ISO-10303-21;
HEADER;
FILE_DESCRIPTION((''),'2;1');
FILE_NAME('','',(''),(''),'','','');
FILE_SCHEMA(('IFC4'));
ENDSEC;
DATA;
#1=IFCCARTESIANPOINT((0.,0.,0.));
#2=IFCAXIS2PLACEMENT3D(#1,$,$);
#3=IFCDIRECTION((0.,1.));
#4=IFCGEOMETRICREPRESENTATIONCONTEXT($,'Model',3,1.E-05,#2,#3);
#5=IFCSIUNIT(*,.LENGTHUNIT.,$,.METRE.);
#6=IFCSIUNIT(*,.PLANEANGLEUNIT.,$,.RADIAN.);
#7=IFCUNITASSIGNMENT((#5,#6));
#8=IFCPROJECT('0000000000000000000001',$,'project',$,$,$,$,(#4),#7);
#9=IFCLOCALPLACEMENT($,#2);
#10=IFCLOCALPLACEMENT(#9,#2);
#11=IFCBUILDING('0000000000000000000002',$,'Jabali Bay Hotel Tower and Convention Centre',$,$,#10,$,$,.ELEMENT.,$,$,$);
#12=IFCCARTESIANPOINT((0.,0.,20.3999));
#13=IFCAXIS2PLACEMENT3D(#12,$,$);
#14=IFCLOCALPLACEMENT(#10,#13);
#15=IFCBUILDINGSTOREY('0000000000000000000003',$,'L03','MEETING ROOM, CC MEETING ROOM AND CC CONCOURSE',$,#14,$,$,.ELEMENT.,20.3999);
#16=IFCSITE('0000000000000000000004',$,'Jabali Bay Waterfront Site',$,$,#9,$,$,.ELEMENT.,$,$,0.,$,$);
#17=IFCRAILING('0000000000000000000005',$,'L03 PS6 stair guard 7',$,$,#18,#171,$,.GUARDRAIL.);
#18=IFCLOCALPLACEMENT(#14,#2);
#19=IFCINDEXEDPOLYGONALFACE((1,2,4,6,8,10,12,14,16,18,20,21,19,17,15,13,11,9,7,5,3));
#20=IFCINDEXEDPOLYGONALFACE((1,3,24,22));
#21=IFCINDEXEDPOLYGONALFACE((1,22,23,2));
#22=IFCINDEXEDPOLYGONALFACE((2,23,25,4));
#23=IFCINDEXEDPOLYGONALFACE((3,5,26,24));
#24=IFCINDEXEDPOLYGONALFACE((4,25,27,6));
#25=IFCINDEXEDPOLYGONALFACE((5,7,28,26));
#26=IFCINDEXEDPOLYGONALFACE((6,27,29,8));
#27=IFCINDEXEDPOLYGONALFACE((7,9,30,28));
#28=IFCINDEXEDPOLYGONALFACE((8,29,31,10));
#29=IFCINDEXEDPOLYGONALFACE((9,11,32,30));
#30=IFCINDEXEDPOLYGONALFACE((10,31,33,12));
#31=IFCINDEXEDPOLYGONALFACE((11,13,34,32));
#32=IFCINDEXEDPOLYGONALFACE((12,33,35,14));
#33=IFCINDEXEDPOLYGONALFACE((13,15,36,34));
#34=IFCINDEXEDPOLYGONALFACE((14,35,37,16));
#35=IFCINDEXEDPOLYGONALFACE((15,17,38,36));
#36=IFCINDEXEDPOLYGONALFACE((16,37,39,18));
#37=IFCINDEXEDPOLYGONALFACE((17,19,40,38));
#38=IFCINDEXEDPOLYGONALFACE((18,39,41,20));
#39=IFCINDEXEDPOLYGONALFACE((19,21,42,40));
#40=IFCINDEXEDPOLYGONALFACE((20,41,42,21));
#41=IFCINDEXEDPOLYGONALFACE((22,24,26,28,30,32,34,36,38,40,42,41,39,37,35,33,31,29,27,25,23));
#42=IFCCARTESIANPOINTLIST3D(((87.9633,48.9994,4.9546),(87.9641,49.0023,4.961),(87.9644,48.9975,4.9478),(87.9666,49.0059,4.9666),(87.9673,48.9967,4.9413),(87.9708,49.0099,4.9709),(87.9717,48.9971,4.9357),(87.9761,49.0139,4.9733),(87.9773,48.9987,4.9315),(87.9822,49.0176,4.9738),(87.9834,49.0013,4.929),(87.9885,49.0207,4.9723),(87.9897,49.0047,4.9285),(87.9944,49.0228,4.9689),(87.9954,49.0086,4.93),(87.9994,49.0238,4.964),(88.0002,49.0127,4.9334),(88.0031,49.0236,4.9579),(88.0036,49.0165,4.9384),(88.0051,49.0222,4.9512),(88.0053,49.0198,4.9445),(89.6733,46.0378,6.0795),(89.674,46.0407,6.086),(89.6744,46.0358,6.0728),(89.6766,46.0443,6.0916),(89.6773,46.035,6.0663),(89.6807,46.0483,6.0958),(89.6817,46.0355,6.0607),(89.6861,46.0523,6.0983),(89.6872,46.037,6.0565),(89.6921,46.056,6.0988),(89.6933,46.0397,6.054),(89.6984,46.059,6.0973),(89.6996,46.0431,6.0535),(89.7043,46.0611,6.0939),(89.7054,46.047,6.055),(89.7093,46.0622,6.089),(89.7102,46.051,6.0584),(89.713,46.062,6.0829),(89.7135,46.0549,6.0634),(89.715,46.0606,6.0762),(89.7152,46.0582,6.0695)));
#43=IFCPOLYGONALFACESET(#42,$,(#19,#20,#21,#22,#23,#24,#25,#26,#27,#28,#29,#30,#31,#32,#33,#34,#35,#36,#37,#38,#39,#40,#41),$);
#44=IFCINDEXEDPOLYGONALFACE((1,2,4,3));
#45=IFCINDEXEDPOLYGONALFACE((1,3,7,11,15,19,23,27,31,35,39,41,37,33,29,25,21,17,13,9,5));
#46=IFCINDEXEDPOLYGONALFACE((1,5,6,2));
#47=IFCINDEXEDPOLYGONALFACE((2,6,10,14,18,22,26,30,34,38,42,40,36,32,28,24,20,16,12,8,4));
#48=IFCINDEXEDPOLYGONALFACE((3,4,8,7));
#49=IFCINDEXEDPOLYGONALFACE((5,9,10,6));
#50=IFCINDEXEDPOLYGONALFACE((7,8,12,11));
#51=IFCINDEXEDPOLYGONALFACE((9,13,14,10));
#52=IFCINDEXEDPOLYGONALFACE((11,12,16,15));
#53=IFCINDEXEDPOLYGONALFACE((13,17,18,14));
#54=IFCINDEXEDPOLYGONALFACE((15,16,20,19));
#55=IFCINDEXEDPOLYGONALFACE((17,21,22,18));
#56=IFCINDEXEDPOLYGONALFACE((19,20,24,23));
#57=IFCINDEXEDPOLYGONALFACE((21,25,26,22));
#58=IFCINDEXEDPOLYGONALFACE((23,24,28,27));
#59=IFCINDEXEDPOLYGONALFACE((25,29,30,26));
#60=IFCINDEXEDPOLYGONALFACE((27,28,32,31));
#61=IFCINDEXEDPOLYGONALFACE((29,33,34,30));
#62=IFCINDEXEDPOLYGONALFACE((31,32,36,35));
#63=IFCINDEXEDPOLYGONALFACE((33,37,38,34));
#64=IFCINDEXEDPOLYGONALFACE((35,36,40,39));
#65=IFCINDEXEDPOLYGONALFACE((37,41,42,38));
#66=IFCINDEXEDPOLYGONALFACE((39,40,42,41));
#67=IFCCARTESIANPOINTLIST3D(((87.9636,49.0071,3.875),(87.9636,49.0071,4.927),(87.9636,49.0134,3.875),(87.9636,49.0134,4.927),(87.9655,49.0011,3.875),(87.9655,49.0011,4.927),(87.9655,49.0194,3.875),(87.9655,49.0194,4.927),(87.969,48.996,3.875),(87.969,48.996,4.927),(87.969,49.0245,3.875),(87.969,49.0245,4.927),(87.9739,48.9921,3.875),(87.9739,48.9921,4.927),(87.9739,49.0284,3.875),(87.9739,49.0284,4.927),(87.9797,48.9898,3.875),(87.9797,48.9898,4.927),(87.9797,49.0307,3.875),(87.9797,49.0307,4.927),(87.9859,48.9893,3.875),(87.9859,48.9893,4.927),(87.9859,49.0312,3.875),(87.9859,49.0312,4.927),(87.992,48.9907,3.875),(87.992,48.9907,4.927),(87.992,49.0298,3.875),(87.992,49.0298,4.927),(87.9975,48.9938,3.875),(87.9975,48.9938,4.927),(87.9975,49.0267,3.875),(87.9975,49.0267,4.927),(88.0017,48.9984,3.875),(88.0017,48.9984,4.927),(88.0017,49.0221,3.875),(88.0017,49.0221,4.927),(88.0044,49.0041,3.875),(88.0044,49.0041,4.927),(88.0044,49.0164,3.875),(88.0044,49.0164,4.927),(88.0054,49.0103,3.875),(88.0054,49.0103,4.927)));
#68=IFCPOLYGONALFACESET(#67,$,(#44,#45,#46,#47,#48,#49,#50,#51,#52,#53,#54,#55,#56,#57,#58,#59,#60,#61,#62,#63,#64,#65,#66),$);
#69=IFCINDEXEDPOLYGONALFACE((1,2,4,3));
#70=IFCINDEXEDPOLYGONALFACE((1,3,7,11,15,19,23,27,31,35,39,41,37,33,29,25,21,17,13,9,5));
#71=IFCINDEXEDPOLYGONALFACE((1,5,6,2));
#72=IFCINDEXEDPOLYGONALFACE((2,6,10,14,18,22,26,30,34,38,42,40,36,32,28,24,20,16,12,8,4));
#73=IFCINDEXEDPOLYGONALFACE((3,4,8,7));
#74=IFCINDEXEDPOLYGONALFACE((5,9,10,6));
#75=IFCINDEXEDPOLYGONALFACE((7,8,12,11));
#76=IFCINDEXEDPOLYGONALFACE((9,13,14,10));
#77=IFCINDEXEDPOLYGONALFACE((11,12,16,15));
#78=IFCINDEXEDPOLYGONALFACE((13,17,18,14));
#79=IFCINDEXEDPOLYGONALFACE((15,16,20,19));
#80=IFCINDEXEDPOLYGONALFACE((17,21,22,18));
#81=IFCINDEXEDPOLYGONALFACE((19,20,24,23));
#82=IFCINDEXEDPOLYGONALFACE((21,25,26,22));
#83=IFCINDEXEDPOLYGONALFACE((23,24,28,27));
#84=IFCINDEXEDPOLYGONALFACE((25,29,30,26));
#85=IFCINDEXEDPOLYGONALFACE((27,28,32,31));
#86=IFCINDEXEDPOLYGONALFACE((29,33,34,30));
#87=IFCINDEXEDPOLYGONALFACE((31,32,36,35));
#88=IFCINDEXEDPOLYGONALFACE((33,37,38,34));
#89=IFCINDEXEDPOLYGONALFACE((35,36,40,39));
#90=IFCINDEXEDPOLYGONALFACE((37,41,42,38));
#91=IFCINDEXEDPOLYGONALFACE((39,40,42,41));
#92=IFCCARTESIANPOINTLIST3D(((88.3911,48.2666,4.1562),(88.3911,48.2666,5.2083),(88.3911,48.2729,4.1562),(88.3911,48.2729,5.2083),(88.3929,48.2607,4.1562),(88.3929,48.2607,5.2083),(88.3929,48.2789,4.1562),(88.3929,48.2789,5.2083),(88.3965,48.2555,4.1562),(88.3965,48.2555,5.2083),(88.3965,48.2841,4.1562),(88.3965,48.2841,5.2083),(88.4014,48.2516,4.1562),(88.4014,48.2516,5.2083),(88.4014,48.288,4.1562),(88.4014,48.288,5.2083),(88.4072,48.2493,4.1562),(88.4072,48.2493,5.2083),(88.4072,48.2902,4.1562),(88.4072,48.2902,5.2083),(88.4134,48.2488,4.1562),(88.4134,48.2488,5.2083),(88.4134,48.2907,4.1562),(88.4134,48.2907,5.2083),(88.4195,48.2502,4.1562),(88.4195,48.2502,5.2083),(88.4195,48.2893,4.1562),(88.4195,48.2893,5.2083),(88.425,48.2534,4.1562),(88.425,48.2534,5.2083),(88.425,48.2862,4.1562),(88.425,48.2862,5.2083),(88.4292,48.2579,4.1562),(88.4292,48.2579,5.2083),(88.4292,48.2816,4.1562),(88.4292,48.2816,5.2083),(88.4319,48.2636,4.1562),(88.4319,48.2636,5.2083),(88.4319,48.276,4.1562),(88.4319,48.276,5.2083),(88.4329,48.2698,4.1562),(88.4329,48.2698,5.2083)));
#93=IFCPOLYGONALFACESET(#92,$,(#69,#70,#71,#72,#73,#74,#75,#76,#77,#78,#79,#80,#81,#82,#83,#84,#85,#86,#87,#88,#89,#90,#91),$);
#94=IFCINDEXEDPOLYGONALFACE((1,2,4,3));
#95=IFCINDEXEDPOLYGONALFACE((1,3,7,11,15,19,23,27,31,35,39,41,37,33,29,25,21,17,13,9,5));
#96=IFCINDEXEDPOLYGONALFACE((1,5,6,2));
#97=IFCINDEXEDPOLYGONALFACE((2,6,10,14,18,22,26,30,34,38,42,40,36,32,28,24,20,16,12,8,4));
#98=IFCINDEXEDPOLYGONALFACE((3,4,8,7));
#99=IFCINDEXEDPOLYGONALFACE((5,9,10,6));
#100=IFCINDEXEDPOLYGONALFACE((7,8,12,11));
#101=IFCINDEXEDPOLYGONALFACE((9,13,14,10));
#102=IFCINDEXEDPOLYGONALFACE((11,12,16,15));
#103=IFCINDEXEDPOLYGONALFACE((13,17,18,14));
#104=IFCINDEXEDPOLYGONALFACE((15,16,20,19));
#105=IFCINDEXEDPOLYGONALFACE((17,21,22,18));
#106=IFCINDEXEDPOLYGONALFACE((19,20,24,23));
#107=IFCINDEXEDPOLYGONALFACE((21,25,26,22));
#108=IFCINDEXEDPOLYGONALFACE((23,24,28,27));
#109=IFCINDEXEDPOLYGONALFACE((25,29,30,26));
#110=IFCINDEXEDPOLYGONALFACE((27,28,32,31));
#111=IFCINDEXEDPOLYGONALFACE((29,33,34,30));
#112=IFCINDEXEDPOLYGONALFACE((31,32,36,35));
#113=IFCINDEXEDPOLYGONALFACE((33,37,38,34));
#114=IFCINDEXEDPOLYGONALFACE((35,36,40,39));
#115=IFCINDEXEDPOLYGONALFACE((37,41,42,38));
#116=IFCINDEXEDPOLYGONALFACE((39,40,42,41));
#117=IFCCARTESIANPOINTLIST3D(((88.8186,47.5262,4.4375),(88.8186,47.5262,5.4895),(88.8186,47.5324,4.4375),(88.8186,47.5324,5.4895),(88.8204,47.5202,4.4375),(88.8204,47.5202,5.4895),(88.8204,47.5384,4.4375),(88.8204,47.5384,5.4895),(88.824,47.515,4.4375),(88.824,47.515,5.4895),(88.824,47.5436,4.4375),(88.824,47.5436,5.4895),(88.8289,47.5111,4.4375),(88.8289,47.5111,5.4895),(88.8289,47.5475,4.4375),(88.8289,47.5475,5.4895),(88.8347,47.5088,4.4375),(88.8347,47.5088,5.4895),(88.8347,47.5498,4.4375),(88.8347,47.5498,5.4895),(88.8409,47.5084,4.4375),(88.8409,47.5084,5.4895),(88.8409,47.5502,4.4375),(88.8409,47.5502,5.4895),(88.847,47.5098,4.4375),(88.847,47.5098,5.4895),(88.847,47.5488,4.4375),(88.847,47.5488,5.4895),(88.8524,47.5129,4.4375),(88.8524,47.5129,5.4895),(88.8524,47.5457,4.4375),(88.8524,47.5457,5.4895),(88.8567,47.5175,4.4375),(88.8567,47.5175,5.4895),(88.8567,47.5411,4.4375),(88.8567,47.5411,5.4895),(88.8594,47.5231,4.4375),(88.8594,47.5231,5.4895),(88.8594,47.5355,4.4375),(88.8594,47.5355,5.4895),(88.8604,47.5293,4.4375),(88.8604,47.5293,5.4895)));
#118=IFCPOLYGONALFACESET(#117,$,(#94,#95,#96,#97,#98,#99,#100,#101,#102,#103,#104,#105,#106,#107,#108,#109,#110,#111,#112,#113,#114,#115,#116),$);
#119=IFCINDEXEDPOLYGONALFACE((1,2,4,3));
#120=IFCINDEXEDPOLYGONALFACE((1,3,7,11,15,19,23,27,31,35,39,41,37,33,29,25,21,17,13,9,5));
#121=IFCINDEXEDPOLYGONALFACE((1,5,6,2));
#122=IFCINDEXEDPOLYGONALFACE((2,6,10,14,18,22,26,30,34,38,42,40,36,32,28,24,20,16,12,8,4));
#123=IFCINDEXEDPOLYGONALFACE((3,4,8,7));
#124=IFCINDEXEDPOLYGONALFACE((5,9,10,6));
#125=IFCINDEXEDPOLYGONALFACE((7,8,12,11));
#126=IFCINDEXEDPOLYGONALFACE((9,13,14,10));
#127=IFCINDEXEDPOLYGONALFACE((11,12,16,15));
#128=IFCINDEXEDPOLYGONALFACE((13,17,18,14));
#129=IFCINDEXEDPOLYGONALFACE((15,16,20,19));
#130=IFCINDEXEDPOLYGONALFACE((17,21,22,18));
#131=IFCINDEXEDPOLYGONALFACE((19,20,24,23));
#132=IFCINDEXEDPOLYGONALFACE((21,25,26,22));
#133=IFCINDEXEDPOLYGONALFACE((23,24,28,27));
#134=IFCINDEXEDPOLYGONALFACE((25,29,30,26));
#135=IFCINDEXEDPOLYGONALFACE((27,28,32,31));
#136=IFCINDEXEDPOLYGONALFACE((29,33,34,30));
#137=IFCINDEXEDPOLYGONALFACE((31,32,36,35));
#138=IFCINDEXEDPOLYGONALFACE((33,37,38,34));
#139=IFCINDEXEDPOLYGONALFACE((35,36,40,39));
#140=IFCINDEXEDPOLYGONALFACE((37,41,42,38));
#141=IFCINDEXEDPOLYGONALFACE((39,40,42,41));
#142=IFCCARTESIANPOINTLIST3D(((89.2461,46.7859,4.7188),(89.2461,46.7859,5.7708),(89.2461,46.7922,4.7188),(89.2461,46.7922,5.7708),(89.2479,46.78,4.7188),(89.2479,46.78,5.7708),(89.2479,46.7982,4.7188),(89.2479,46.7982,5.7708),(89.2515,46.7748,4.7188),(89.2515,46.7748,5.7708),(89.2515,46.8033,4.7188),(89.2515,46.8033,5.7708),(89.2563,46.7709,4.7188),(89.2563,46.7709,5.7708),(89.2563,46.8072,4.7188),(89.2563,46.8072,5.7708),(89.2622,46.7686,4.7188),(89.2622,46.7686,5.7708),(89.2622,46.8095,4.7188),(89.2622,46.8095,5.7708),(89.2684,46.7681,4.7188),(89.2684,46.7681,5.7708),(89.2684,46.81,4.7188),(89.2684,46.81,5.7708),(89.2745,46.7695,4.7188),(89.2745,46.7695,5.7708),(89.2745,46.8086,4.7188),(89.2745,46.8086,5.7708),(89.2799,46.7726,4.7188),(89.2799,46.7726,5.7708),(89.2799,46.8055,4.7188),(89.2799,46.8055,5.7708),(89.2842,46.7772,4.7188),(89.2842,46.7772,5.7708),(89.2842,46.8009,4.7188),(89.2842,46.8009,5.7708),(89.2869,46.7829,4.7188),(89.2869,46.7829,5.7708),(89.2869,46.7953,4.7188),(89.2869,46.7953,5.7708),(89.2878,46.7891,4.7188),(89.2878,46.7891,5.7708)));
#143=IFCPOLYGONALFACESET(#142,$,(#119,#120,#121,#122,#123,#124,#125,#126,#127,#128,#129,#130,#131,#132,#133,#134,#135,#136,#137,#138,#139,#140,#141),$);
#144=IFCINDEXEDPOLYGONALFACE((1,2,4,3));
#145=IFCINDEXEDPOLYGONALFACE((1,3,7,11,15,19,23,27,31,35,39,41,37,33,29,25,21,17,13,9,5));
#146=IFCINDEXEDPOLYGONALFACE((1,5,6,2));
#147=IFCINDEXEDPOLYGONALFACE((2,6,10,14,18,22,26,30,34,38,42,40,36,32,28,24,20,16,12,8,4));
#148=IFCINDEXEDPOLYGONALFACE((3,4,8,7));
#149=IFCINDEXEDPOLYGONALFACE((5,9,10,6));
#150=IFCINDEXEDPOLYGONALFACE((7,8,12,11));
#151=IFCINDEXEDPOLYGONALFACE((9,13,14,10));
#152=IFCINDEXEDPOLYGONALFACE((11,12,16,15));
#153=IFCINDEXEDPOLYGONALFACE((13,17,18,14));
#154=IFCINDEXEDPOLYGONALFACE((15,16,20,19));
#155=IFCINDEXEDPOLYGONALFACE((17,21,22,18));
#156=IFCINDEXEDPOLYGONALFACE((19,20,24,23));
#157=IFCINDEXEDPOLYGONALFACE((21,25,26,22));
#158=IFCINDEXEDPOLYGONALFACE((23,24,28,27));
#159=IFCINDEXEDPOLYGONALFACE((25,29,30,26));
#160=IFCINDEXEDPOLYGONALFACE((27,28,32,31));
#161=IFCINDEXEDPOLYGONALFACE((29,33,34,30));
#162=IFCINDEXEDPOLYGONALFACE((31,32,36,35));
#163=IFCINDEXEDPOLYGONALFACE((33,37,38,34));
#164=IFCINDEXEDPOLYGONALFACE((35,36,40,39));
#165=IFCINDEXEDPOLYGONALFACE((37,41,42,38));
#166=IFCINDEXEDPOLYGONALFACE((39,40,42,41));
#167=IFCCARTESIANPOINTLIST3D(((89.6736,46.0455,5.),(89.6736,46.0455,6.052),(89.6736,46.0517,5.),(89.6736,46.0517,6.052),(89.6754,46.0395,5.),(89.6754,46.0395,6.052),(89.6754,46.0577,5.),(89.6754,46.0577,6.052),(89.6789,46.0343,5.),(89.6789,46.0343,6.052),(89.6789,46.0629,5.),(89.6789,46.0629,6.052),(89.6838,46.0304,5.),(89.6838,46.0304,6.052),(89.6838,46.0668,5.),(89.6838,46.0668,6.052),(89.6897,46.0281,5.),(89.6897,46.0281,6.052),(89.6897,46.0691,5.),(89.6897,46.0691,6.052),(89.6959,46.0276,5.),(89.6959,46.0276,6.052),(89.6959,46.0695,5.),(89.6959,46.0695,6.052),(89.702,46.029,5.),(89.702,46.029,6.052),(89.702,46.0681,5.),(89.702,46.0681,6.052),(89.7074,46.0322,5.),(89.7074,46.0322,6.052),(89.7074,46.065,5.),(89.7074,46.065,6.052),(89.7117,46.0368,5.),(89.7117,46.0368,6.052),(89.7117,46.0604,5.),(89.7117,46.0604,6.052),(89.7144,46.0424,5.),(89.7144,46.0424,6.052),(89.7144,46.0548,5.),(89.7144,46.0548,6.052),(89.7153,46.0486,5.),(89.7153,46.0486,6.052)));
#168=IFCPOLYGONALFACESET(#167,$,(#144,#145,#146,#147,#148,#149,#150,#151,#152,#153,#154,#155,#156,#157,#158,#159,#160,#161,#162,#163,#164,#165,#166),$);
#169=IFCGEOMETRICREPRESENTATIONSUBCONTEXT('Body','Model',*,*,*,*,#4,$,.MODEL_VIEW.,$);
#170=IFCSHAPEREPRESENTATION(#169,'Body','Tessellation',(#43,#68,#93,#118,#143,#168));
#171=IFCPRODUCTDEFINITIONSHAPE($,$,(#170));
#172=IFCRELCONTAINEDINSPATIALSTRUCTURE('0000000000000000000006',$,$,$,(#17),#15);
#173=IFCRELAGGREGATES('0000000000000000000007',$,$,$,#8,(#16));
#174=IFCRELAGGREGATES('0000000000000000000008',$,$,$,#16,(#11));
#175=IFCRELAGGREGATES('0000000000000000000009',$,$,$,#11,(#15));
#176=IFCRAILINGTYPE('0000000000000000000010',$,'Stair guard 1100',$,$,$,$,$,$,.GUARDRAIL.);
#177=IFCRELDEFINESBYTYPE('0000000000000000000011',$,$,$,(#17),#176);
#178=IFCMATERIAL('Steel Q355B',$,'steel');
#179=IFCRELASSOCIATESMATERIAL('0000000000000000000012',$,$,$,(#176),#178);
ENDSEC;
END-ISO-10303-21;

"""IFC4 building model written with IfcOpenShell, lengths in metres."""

from ifc_helpers import new_model, si_unit, direction, frame, origin, origin_2d, place, context, subcontext, project, spatial, circle, extrude, material, type_object, element, save


model = new_model("IFC4")

# Units and contexts
model_context = context("Model", 3, precision=1e-05, world=origin(), true_north=direction((0.0, 1.0)))
body_context = subcontext(model_context, "Body", "Model", "MODEL_VIEW")
ifc_project = project(units=[si_unit("LENGTHUNIT", "METRE"), si_unit("PLANEANGLEUNIT", "RADIAN")], contexts=[model_context])

# Site, building, storey
site_placement = place(None, origin())
site = spatial("IfcSite", under=ifc_project, at=site_placement, Name="Jabali Bay Waterfront Site", CompositionType="ELEMENT", RefElevation=0.0)
building_placement = place(site_placement, origin())
building = spatial("IfcBuilding", under=site, at=building_placement, Name="Jabali Bay Hotel Tower and Convention Centre", CompositionType="ELEMENT")
storey_placement = place(building_placement, frame((0.0, 0.0, 20.3999)))
storey = spatial("IfcBuildingStorey", under=building, at=storey_placement, Name="L03", Description="MEETING ROOM, CC MEETING ROOM AND CC CONCOURSE", CompositionType="ELEMENT", Elevation=20.3999)

# Railing
ifc_material_1 = material(Name="Steel Q355B", Category="steel")
railing_type_1 = type_object("IfcRailingType", Name="Stair guard 1100", PredefinedType="GUARDRAIL", material=ifc_material_1)
railing_1_placement = place(storey_placement, frame((87.9844, 49.0103, 3.875)))
element("IfcRailing", 1, at=railing_1_placement, inside=storey, type_object=railing_type_1, Name="L03 PS6 stair guard 7", PredefinedType="GUARDRAIL", context=body_context, shape_type="SweptSolid", body=[
    extrude(circle(Radius=0.0239, at=origin_2d()), frame((0.0, 0.0, 1.0762), z_axis=(0.474969, -0.822652, 0.312487), x_axis=(0.86602, 0.500009, 0.0)), (0.0, 0.0, 1.0), 3.6001),
    extrude(circle(Radius=0.021, at=origin_2d()), origin(), (0.0, 0.0, 1.0), 1.052),
    extrude(circle(Radius=0.021, at=origin_2d()), frame((0.4275, -0.7405, 0.2812)), (0.0, 0.0, 1.0), 1.052),
    extrude(circle(Radius=0.021, at=origin_2d()), frame((0.855, -1.481, 0.5625)), (0.0, 0.0, 1.0), 1.052),
    extrude(circle(Radius=0.021, at=origin_2d()), frame((1.2825, -2.2212, 0.8438)), (0.0, 0.0, 1.0), 1.052),
    extrude(circle(Radius=0.021, at=origin_2d()), frame((1.71, -2.9617, 1.125)), (0.0, 0.0, 1.0), 1.052),
])

save(model, "model.ifc")
